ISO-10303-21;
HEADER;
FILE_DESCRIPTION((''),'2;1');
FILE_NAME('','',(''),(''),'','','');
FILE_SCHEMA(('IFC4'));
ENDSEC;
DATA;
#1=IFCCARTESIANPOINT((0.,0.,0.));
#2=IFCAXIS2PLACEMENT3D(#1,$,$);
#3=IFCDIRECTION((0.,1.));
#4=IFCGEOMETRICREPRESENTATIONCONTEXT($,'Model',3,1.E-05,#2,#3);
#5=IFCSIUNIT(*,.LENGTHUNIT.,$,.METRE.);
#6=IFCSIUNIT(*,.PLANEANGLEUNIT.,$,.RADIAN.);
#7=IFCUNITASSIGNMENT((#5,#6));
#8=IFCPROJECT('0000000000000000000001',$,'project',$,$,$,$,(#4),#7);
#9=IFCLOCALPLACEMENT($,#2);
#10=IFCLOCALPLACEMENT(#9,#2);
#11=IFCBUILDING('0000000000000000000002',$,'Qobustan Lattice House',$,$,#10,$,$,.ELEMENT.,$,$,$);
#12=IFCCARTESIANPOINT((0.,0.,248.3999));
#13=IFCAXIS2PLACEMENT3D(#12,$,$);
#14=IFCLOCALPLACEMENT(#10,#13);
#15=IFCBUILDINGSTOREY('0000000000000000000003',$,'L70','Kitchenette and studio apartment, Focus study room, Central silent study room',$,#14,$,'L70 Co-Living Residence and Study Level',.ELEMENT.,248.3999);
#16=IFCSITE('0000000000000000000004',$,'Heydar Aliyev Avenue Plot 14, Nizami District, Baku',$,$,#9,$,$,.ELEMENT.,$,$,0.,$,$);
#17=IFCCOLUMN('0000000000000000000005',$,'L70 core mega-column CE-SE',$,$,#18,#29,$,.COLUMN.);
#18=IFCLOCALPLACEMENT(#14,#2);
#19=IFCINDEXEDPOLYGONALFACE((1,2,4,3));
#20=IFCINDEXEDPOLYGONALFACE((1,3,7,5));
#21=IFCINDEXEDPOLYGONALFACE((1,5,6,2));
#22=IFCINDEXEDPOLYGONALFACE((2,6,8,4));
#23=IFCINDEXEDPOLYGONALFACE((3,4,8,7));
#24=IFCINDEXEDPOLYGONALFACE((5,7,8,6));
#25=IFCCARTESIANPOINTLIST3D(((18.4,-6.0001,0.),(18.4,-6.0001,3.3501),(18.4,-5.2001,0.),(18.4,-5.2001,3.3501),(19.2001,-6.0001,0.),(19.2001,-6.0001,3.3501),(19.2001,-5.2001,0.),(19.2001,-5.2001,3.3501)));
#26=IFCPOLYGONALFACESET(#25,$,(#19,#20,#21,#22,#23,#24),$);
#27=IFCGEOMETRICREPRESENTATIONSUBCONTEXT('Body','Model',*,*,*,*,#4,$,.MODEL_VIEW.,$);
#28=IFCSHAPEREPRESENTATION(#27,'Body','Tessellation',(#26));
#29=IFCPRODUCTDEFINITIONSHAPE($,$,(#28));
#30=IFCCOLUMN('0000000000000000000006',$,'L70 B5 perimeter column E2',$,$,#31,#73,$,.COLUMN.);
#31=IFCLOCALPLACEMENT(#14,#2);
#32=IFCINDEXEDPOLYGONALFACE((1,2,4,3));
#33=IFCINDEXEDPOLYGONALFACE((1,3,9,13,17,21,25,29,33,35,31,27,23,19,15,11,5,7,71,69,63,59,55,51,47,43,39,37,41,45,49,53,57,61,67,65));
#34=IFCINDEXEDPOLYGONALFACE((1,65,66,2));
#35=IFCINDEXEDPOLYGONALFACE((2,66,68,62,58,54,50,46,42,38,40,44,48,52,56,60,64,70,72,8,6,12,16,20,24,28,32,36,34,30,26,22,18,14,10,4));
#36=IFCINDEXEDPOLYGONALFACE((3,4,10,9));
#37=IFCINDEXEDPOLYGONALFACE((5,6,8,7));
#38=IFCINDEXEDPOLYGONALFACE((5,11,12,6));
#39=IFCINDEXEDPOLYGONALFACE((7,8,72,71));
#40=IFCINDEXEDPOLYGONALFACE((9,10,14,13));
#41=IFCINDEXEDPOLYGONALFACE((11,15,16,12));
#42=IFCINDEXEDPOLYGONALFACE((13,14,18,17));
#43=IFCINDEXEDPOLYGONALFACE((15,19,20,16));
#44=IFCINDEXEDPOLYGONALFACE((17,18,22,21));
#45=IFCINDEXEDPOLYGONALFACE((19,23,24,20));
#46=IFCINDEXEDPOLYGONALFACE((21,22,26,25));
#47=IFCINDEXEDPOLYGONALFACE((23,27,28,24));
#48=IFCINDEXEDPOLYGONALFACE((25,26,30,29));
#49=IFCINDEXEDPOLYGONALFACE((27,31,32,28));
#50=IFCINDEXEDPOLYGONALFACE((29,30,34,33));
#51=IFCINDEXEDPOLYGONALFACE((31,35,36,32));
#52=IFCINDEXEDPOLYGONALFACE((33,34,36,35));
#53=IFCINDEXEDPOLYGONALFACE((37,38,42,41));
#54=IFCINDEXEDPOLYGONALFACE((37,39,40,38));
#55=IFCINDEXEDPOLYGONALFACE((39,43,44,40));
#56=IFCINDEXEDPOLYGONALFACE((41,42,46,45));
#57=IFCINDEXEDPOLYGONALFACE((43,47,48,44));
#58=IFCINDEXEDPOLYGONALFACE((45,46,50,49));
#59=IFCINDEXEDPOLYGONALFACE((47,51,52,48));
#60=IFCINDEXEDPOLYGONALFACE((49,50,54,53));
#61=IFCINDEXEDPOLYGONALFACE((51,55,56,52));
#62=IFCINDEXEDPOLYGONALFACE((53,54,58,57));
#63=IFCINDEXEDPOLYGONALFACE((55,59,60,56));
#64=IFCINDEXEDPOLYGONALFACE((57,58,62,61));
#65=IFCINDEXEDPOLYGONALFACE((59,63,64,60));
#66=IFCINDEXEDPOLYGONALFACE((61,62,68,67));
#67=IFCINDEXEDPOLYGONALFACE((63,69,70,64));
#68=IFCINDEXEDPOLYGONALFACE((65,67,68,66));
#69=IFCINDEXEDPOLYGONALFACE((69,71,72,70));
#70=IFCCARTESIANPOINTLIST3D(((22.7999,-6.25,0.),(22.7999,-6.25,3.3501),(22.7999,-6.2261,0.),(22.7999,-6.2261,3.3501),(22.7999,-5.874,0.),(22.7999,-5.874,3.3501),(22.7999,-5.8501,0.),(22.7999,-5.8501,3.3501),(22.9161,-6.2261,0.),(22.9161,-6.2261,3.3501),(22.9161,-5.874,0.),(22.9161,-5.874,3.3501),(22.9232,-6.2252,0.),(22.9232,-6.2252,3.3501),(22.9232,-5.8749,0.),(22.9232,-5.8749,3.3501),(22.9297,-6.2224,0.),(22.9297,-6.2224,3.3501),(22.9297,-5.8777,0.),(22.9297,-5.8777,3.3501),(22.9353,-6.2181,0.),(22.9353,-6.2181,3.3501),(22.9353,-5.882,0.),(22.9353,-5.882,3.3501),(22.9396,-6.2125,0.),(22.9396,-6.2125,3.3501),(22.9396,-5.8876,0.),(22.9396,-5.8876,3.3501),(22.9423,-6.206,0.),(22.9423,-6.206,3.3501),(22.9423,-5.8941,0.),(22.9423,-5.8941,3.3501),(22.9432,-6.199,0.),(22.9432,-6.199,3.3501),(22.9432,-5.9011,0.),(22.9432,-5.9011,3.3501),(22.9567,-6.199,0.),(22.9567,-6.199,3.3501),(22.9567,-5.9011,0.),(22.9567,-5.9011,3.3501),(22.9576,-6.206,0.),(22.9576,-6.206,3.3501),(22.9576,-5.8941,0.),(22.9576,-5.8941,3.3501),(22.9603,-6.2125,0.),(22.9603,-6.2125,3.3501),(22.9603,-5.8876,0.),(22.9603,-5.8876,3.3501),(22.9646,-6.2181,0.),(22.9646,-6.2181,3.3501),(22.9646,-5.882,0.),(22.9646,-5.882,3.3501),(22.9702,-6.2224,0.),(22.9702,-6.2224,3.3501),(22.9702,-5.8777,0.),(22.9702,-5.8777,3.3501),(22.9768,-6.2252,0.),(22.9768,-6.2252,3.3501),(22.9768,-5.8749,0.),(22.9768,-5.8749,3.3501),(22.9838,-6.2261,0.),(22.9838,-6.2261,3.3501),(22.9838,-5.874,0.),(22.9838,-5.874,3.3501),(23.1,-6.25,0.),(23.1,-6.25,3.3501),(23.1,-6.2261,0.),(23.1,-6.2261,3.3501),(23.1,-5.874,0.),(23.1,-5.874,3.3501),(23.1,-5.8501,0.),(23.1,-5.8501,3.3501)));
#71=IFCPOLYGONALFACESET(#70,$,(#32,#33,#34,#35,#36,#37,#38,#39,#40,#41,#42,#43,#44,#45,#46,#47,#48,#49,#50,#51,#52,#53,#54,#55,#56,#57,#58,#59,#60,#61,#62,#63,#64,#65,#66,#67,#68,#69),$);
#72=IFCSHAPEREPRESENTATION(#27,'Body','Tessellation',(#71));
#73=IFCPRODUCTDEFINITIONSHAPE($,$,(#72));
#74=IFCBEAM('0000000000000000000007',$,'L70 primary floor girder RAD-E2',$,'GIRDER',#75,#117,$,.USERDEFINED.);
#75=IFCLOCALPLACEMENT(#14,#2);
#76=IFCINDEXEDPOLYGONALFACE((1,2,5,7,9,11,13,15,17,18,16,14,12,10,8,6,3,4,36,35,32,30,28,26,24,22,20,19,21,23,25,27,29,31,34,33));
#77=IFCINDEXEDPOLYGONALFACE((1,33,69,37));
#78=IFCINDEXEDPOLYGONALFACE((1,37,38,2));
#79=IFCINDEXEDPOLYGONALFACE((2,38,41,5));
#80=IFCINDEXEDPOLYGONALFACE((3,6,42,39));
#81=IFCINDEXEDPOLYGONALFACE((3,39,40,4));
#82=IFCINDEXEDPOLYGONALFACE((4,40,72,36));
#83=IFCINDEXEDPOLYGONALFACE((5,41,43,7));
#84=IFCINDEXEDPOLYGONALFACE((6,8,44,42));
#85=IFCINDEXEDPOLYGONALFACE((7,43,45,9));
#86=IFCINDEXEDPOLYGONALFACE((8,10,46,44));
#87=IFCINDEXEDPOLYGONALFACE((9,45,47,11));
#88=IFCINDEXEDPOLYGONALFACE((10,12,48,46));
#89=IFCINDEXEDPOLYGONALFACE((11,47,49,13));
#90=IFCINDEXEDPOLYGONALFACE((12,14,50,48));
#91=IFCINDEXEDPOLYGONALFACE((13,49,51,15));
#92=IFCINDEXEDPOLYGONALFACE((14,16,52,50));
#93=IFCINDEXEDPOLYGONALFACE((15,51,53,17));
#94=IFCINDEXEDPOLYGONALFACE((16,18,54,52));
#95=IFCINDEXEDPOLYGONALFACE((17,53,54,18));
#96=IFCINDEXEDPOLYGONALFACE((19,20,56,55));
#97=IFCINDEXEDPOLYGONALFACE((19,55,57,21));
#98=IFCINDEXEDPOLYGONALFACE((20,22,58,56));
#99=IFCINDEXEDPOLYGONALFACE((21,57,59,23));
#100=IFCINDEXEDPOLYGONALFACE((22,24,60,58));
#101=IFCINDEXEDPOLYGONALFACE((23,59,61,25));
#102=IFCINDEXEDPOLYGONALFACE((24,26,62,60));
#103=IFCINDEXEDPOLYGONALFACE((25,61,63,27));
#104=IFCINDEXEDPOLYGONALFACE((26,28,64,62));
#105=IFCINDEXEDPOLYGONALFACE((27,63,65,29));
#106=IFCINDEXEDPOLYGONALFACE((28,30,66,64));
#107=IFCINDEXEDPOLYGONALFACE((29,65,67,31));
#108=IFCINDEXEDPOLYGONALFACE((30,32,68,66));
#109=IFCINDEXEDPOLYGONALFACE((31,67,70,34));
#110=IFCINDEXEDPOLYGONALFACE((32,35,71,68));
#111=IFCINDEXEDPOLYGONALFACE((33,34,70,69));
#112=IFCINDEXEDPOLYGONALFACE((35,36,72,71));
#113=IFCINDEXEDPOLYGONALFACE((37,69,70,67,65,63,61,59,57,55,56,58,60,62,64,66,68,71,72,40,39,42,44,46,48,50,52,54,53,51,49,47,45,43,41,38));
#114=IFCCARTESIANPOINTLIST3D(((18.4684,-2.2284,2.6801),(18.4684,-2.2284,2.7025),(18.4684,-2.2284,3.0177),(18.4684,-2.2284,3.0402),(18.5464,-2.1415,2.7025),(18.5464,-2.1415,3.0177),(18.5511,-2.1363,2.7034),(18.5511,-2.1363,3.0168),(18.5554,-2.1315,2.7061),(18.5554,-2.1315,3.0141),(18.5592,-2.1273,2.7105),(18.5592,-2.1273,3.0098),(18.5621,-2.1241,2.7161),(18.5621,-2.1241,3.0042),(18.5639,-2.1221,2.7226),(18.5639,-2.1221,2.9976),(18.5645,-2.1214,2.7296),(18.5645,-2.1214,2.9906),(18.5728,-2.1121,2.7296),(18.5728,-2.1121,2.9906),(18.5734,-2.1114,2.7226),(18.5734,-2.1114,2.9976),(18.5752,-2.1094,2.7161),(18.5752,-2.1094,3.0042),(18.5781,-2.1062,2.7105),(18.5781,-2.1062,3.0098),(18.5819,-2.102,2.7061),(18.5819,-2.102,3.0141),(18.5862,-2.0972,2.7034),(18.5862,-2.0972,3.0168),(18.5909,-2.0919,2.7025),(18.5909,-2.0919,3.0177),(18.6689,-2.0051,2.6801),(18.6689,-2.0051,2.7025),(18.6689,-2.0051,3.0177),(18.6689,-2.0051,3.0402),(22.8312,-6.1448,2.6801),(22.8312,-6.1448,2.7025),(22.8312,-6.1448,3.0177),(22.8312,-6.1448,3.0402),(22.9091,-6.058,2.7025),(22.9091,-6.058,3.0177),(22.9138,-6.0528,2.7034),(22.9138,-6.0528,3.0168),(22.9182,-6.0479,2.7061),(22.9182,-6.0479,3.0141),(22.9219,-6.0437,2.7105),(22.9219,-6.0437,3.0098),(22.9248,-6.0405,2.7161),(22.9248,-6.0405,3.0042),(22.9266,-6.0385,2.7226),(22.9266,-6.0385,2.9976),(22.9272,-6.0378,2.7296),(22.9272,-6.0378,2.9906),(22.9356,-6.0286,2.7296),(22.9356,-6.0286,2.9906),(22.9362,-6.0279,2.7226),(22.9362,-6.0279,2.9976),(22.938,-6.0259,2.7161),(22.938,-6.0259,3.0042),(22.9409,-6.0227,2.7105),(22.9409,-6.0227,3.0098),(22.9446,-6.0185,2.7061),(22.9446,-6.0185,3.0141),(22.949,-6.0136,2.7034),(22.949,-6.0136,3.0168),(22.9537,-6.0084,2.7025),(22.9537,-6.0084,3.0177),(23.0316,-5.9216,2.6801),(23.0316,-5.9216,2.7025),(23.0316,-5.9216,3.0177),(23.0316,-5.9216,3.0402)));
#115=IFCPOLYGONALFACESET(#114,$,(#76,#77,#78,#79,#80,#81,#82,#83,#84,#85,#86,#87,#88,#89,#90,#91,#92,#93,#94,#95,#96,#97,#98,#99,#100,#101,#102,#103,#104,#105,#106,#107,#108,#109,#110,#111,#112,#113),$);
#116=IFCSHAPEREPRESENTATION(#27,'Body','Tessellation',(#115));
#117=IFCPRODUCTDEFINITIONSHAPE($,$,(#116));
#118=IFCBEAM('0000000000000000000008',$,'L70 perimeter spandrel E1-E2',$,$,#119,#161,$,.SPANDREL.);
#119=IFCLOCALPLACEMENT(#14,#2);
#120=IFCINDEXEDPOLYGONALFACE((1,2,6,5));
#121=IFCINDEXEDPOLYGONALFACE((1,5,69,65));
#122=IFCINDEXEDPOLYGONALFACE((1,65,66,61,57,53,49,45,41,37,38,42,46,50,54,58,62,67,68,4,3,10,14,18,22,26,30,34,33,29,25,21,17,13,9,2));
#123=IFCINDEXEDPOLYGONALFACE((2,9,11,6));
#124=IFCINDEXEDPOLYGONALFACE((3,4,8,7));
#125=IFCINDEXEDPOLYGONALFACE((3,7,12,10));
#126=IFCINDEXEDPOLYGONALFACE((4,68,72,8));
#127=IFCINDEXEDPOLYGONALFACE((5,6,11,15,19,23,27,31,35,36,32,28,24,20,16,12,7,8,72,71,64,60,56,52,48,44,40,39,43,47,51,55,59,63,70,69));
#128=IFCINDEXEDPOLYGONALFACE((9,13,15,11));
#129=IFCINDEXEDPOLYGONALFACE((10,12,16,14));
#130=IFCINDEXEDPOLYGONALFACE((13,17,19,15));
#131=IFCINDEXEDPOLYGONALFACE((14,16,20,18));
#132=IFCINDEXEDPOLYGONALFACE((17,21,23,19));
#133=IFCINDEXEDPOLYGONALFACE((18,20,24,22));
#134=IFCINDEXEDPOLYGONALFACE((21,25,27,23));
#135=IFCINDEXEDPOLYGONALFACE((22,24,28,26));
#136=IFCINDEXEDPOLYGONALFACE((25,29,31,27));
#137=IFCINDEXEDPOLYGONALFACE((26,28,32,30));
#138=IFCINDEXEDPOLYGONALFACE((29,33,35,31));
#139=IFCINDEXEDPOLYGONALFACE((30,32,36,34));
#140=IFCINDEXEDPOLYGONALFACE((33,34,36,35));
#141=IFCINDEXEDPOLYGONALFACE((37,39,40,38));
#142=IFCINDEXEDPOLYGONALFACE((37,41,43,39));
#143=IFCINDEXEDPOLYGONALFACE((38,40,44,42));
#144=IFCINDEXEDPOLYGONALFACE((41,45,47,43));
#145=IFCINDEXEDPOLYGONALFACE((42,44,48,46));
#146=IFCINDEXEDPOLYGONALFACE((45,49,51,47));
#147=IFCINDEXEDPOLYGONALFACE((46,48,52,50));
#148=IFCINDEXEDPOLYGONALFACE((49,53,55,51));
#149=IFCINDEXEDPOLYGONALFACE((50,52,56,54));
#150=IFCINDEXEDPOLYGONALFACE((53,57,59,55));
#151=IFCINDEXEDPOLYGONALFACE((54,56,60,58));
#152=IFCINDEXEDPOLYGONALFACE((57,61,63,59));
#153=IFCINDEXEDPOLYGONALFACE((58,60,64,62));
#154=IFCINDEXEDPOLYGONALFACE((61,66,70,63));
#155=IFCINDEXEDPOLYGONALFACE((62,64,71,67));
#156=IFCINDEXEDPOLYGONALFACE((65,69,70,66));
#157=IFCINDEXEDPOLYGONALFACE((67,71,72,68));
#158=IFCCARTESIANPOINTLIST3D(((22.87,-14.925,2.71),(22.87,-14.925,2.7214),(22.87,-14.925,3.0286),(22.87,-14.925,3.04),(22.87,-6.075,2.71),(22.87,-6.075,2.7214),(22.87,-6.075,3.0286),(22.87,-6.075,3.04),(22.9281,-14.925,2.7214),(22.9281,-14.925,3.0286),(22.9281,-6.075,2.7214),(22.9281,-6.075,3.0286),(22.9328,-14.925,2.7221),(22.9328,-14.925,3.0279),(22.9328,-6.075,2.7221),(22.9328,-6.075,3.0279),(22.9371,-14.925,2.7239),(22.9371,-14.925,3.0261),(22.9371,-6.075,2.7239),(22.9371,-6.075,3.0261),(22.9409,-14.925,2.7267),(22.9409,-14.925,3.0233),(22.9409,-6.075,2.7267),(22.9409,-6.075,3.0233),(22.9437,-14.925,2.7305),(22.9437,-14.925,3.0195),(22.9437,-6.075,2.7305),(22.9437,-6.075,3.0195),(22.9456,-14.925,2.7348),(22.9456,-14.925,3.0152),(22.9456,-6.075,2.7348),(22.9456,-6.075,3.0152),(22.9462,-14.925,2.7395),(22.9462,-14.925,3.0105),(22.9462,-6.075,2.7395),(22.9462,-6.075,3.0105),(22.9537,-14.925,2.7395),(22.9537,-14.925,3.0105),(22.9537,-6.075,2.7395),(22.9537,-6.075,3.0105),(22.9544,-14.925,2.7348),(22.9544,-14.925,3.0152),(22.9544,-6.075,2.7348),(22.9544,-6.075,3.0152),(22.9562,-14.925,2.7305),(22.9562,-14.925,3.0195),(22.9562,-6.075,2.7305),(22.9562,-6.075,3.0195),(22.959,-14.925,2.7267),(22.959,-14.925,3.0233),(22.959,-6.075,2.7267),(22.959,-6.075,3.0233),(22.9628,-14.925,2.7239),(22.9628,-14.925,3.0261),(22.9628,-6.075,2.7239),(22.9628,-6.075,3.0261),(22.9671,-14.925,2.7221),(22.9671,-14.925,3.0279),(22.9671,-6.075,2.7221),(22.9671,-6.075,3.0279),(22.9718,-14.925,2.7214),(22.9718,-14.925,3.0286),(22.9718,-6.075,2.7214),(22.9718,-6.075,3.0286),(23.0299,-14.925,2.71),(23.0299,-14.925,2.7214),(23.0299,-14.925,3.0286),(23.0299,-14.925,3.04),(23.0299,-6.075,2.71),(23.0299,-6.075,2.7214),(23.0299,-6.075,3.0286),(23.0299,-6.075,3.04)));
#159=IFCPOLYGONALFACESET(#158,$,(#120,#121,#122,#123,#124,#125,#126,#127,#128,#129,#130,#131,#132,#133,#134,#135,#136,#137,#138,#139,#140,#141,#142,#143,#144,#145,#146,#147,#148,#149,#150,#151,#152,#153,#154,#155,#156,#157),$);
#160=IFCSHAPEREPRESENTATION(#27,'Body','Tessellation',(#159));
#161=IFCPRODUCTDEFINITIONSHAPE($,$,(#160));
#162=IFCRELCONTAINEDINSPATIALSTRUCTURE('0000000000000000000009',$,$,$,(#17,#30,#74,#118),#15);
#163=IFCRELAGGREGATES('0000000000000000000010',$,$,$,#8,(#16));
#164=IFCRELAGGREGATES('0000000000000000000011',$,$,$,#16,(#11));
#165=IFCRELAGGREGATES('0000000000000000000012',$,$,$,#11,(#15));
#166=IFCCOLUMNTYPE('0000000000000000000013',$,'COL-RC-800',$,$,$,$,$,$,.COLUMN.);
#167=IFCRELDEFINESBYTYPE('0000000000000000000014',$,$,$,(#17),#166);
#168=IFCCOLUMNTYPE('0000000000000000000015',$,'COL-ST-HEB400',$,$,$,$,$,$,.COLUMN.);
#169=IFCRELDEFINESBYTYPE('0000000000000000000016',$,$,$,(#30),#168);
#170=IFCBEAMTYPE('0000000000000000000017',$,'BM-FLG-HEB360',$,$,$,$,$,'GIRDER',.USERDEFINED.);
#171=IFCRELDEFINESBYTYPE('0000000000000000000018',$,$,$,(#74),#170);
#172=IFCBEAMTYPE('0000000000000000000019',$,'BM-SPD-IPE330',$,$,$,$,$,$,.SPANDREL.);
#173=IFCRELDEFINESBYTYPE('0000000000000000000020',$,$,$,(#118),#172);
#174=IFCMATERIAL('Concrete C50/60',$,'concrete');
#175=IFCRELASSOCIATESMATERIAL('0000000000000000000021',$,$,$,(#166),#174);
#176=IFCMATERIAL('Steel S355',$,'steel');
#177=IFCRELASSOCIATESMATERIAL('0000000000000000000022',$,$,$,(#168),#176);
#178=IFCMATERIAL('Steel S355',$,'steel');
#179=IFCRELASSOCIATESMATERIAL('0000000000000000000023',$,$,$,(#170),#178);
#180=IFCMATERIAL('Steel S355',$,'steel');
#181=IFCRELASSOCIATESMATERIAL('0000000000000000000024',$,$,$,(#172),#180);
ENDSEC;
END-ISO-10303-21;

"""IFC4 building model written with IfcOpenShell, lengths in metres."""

from ifc_helpers import new_model, si_unit, direction, frame, origin, origin_2d, place, context, subcontext, project, spatial, rectangle, i_section, extrude, material, material_profile, profile_set, type_object, element, save


model = new_model("IFC4")

# Units and contexts
model_context = context("Model", 3, precision=1e-05, world=origin(), true_north=direction((0.0, 1.0)))
body_context = subcontext(model_context, "Body", "Model", "MODEL_VIEW")
ifc_project = project(units=[si_unit("LENGTHUNIT", "METRE"), si_unit("PLANEANGLEUNIT", "RADIAN")], contexts=[model_context])

# Site, building, storey
site_placement = place(None, origin())
site = spatial("IfcSite", under=ifc_project, at=site_placement, Name="Heydar Aliyev Avenue Plot 14, Nizami District, Baku", CompositionType="ELEMENT", RefElevation=0.0)
building_placement = place(site_placement, origin())
building = spatial("IfcBuilding", under=site, at=building_placement, Name="Qobustan Lattice House", CompositionType="ELEMENT")
storey_placement = place(building_placement, frame((0.0, 0.0, 248.3999)))
storey = spatial("IfcBuildingStorey", under=building, at=storey_placement, Name="L70", Description="Kitchenette and studio apartment, Focus study room, Central silent study room", LongName="L70 Co-Living Residence and Study Level", CompositionType="ELEMENT", Elevation=248.3999)

# Columns
ifc_material_1 = material(Name="Concrete C50/60", Category="concrete")
ifc_material_profile_1 = material_profile(ifc_material_1, rectangle(XDim=0.8, YDim=0.8, at=origin_2d()), Name="RC800x800")
ifc_profile_set_1 = profile_set([ifc_material_profile_1], Name="Concrete C50/60")
column_type_1 = type_object("IfcColumnType", Name="COL-RC-800", PredefinedType="COLUMN", material=ifc_profile_set_1)
column_1_placement = place(storey_placement, frame((18.8, -5.6001, 0.0), z_axis=(0.0, 0.0, 1.0), x_axis=(1.0, 0.0, 0.0)))
element("IfcColumn", 1, at=column_1_placement, inside=storey, type_object=column_type_1, Name="L70 core mega-column CE-SE", PredefinedType="COLUMN", context=body_context, shape_type="SweptSolid", body=[
    extrude(rectangle(XDim=0.8, YDim=0.8, at=origin_2d()), origin(), (0.0, 0.0, 1.0), 3.3501),
])
ifc_material_2 = material(Name="Steel S355", Category="steel")
ifc_material_profile_2 = material_profile(ifc_material_2, i_section(OverallWidth=0.3, OverallDepth=0.3999, WebThickness=0.0134, FlangeThickness=0.0239, FilletRadius=0.0271, at=origin_2d()), Name="HEB400")
ifc_profile_set_2 = profile_set([ifc_material_profile_2], Name="Steel S355")
column_type_2 = type_object("IfcColumnType", Name="COL-ST-HEB400", PredefinedType="COLUMN", material=ifc_profile_set_2)
column_2_placement = place(storey_placement, frame((22.95, -6.05, 0.0), z_axis=(0.0, 0.0, 1.0), x_axis=(1.0, 0.0, 0.0)))
element("IfcColumn", 2, at=column_2_placement, inside=storey, type_object=column_type_2, Name="L70 B5 perimeter column E2", PredefinedType="COLUMN", context=body_context, shape_type="SweptSolid", body=[
    extrude(i_section(OverallWidth=0.3, OverallDepth=0.3999, WebThickness=0.0134, FlangeThickness=0.0239, FilletRadius=0.0271, at=origin_2d()), origin(), (0.0, 0.0, 1.0), 3.3501),
])

# Beams
ifc_material_3 = material(Name="Steel S355", Category="steel")
ifc_material_profile_3 = material_profile(ifc_material_3, i_section(OverallWidth=0.3, OverallDepth=0.3601, WebThickness=0.0125, FlangeThickness=0.0225, FilletRadius=0.0271, at=origin_2d()), Name="HEB360")
ifc_profile_set_3 = profile_set([ifc_material_profile_3], Name="Steel S355")
beam_type_1 = type_object("IfcBeamType", Name="BM-FLG-HEB360", ElementType="GIRDER", PredefinedType="USERDEFINED", material=ifc_profile_set_3)
beam_1_placement = place(storey_placement, frame((22.9314, -6.0332, 2.8601), z_axis=(-0.744142, 0.668021, 0.0), x_axis=(-0.668021, -0.744142, 0.0)))
element("IfcBeam", 3, at=beam_1_placement, inside=storey, type_object=beam_type_1, Name="L70 primary floor girder RAD-E2", ObjectType="GIRDER", PredefinedType="USERDEFINED", context=body_context, shape_type="SweptSolid", body=[
    extrude(i_section(OverallWidth=0.3, OverallDepth=0.3601, WebThickness=0.0125, FlangeThickness=0.0225, FilletRadius=0.0271, at=origin_2d()), origin(), (0.0, 0.0, 1.0), 5.8628),
])
ifc_material_4 = material(Name="Steel S355", Category="steel")
ifc_material_profile_4 = material_profile(ifc_material_4, i_section(OverallWidth=0.1599, OverallDepth=0.3301, WebThickness=0.0076, FlangeThickness=0.0115, FilletRadius=0.0181, at=origin_2d()), Name="IPE330")
ifc_profile_set_4 = profile_set([ifc_material_profile_4], Name="Steel S355")
beam_type_2 = type_object("IfcBeamType", Name="BM-SPD-IPE330", PredefinedType="SPANDREL", material=ifc_profile_set_4)
beam_2_placement = place(storey_placement, frame((22.95, -14.925, 2.875), z_axis=(0.0, 1.0, 0.0), x_axis=(-1.0, 0.0, 0.0)))
element("IfcBeam", 4, at=beam_2_placement, inside=storey, type_object=beam_type_2, Name="L70 perimeter spandrel E1-E2", PredefinedType="SPANDREL", context=body_context, shape_type="SweptSolid", body=[
    extrude(i_section(OverallWidth=0.1599, OverallDepth=0.3301, WebThickness=0.0076, FlangeThickness=0.0115, FilletRadius=0.0181, at=origin_2d()), origin(), (0.0, 0.0, 1.0), 8.8501),
])

save(model, "model.ifc")
